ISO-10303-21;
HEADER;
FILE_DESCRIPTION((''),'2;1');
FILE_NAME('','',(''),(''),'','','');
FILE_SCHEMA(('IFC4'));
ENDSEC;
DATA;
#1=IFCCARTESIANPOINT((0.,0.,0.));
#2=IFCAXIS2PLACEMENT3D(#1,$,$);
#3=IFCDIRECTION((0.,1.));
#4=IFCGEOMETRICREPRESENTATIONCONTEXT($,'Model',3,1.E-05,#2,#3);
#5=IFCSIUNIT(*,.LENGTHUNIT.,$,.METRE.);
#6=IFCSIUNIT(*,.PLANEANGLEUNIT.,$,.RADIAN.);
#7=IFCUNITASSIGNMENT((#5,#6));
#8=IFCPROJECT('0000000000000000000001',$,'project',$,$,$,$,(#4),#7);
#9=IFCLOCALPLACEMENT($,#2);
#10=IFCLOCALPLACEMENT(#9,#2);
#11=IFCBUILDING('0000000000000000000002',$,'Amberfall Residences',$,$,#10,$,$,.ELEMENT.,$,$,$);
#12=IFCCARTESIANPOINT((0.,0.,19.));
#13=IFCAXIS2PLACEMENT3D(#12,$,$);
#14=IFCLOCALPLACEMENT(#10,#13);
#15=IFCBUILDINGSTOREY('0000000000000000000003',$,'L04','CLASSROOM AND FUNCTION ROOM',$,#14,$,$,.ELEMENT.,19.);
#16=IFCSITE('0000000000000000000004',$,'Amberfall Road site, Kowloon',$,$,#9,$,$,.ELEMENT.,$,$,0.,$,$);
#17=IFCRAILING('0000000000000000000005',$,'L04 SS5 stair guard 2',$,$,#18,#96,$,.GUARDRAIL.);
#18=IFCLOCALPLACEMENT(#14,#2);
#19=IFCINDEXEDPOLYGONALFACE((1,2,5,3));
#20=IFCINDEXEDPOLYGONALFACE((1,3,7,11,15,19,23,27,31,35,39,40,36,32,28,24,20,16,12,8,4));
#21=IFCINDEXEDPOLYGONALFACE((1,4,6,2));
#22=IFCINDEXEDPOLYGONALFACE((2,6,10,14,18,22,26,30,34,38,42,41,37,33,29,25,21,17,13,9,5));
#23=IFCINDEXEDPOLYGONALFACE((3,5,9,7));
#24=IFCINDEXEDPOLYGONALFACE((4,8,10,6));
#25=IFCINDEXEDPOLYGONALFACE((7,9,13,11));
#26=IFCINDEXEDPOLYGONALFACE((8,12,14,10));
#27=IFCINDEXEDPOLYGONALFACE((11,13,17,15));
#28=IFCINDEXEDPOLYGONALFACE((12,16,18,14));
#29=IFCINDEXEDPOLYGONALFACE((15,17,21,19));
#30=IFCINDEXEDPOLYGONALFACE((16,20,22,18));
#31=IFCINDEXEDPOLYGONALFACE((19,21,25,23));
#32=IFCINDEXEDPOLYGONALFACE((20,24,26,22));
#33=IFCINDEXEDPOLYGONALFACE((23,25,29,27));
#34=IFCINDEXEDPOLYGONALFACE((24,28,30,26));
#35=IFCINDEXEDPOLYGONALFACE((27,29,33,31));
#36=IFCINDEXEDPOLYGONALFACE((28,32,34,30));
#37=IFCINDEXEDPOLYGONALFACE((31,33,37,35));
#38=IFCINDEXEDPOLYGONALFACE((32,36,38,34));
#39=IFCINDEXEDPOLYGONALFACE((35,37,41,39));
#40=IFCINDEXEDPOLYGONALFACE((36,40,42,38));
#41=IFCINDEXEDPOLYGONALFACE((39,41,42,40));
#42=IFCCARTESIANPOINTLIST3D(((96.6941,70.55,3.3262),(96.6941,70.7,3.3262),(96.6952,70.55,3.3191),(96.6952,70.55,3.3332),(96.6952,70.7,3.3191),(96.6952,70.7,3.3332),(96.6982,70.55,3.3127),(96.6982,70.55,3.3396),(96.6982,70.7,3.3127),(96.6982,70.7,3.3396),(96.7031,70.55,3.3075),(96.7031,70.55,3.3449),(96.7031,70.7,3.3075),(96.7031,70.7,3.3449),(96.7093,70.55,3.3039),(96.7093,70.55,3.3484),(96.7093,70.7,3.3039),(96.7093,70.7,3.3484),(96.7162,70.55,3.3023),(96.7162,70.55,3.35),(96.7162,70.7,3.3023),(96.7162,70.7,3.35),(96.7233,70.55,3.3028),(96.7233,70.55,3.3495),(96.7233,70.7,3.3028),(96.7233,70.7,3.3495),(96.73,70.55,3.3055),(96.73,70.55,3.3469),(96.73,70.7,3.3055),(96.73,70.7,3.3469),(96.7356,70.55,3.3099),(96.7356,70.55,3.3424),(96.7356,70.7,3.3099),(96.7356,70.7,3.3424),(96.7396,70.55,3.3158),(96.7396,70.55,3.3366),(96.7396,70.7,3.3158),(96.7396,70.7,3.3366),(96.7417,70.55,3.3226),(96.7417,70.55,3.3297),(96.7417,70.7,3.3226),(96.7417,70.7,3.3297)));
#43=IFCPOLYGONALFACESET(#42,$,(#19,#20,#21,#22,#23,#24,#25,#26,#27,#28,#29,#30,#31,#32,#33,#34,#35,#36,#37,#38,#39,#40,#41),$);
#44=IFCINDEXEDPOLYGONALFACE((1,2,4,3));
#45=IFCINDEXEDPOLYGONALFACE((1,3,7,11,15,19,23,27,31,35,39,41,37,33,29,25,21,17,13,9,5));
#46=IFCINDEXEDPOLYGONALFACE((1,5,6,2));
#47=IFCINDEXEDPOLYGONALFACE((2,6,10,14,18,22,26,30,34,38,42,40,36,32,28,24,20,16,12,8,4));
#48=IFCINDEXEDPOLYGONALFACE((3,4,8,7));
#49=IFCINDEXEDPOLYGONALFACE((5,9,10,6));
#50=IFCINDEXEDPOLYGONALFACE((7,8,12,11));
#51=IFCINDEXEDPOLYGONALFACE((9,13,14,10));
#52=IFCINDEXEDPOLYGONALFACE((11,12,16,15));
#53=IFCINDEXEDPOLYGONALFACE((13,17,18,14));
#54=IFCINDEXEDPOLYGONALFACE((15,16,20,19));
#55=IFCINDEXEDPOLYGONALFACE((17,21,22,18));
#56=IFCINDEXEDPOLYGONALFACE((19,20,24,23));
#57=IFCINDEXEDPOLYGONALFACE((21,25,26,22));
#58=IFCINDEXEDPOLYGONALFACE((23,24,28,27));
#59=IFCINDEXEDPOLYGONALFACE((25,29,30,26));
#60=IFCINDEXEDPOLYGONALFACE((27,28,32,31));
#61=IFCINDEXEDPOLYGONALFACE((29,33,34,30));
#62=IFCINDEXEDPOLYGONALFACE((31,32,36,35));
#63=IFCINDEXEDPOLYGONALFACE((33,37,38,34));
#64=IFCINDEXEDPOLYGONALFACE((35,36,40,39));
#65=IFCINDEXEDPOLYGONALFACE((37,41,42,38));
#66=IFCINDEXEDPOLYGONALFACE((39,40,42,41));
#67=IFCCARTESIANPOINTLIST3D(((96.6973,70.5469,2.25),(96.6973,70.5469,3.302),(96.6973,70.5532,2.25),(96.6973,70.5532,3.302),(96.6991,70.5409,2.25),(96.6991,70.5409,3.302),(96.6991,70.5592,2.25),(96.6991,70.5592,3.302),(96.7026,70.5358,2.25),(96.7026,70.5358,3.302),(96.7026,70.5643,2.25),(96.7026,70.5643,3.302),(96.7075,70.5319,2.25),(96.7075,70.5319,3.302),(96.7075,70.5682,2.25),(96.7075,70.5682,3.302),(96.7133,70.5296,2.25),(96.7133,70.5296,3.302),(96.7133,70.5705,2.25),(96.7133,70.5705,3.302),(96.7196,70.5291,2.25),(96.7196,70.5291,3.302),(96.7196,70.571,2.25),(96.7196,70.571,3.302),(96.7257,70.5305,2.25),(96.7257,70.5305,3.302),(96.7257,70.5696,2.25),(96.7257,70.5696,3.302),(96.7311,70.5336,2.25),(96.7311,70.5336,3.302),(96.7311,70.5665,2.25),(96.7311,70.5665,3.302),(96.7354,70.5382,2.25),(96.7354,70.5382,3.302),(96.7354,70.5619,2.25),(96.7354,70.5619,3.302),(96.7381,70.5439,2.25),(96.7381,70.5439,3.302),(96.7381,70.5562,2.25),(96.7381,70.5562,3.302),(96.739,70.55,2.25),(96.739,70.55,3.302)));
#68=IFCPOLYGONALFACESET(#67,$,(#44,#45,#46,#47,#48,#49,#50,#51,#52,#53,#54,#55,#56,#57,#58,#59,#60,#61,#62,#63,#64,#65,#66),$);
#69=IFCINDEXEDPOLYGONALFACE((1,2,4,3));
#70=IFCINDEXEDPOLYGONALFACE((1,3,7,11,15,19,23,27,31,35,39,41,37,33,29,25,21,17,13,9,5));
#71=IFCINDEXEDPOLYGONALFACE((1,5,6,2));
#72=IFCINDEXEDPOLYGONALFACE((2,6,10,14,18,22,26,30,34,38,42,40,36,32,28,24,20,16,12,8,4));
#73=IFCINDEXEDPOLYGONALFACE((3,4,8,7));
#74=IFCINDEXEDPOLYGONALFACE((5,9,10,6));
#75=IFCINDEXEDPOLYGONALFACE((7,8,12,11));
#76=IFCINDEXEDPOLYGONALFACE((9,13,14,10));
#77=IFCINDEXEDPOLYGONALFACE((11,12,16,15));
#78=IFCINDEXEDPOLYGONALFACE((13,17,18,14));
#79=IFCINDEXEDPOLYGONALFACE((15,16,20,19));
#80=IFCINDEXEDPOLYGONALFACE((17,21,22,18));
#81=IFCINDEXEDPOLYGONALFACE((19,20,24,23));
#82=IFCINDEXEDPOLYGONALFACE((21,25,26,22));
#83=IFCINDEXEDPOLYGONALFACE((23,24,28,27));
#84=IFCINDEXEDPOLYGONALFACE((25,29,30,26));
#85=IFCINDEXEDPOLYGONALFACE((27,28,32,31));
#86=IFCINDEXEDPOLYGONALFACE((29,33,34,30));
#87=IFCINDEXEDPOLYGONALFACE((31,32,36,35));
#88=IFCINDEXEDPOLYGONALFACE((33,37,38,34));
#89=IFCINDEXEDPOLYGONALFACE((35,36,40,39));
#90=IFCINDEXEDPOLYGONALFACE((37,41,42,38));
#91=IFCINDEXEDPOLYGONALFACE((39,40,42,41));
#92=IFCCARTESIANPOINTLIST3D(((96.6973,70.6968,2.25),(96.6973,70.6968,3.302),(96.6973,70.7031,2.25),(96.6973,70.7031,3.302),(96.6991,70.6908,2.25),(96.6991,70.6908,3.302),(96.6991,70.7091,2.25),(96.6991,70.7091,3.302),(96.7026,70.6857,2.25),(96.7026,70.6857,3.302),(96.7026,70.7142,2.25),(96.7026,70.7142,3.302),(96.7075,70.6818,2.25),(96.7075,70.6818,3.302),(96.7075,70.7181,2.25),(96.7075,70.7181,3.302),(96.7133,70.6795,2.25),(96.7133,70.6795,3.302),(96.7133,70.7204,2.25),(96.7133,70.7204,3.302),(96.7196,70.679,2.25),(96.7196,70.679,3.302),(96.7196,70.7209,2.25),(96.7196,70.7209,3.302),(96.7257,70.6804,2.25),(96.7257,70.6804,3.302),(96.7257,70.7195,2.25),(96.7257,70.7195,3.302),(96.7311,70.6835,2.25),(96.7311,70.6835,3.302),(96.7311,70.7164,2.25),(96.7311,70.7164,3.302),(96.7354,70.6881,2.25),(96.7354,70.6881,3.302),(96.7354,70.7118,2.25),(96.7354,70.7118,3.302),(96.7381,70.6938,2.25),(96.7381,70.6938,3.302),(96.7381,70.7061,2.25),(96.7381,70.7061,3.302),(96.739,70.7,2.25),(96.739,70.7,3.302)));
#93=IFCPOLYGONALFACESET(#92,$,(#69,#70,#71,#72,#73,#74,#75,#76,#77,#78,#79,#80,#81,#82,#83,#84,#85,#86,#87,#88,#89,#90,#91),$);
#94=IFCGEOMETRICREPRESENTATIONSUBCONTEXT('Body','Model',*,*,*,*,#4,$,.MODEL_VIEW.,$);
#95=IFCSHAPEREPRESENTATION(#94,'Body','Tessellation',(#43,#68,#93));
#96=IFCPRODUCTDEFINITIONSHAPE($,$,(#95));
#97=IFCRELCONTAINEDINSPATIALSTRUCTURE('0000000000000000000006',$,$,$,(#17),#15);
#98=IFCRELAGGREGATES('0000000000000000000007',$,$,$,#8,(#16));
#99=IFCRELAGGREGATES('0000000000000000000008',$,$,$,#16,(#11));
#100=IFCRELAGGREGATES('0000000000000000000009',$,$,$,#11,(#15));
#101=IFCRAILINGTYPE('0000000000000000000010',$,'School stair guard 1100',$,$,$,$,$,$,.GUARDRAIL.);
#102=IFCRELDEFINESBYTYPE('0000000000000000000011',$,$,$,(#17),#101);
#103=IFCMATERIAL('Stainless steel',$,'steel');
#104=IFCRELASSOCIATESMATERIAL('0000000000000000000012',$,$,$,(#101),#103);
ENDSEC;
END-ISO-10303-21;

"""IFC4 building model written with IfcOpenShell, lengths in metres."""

from ifc_helpers import new_model, si_unit, direction, frame, origin, origin_2d, place, context, subcontext, project, spatial, circle, extrude, material, type_object, element, save


model = new_model("IFC4")

# Units and contexts
model_context = context("Model", 3, precision=1e-05, world=origin(), true_north=direction((0.0, 1.0)))
body_context = subcontext(model_context, "Body", "Model", "MODEL_VIEW")
ifc_project = project(units=[si_unit("LENGTHUNIT", "METRE"), si_unit("PLANEANGLEUNIT", "RADIAN")], contexts=[model_context])

# Site, building, storey
site_placement = place(None, origin())
site = spatial("IfcSite", under=ifc_project, at=site_placement, Name="Amberfall Road site, Kowloon", CompositionType="ELEMENT", RefElevation=0.0)
building_placement = place(site_placement, origin())
building = spatial("IfcBuilding", under=site, at=building_placement, Name="Amberfall Residences", CompositionType="ELEMENT")
storey_placement = place(building_placement, frame((0.0, 0.0, 19.0)))
storey = spatial("IfcBuildingStorey", under=building, at=storey_placement, Name="L04", Description="CLASSROOM AND FUNCTION ROOM", CompositionType="ELEMENT", Elevation=19.0)

# Railing
ifc_material_1 = material(Name="Stainless steel", Category="steel")
railing_type_1 = type_object("IfcRailingType", Name="School stair guard 1100", PredefinedType="GUARDRAIL", material=ifc_material_1)
railing_1_placement = place(storey_placement, frame((96.718, 70.55, 2.25)))
element("IfcRailing", 1, at=railing_1_placement, inside=storey, type_object=railing_type_1, Name="L04 SS5 stair guard 2", PredefinedType="GUARDRAIL", context=body_context, shape_type="SweptSolid", body=[
    extrude(circle(Radius=0.0239, at=origin_2d()), frame((0.0, 0.0, 1.0762), z_axis=(0.0, 1.0, 0.0), x_axis=(-1.0, 0.0, 0.0)), (0.0, 0.0, 1.0), 0.1499),
    extrude(circle(Radius=0.021, at=origin_2d()), origin(), (0.0, 0.0, 1.0), 1.052),
    extrude(circle(Radius=0.021, at=origin_2d()), frame((0.0, 0.1499, 0.0)), (0.0, 0.0, 1.0), 1.052),
])

save(model, "model.ifc")
